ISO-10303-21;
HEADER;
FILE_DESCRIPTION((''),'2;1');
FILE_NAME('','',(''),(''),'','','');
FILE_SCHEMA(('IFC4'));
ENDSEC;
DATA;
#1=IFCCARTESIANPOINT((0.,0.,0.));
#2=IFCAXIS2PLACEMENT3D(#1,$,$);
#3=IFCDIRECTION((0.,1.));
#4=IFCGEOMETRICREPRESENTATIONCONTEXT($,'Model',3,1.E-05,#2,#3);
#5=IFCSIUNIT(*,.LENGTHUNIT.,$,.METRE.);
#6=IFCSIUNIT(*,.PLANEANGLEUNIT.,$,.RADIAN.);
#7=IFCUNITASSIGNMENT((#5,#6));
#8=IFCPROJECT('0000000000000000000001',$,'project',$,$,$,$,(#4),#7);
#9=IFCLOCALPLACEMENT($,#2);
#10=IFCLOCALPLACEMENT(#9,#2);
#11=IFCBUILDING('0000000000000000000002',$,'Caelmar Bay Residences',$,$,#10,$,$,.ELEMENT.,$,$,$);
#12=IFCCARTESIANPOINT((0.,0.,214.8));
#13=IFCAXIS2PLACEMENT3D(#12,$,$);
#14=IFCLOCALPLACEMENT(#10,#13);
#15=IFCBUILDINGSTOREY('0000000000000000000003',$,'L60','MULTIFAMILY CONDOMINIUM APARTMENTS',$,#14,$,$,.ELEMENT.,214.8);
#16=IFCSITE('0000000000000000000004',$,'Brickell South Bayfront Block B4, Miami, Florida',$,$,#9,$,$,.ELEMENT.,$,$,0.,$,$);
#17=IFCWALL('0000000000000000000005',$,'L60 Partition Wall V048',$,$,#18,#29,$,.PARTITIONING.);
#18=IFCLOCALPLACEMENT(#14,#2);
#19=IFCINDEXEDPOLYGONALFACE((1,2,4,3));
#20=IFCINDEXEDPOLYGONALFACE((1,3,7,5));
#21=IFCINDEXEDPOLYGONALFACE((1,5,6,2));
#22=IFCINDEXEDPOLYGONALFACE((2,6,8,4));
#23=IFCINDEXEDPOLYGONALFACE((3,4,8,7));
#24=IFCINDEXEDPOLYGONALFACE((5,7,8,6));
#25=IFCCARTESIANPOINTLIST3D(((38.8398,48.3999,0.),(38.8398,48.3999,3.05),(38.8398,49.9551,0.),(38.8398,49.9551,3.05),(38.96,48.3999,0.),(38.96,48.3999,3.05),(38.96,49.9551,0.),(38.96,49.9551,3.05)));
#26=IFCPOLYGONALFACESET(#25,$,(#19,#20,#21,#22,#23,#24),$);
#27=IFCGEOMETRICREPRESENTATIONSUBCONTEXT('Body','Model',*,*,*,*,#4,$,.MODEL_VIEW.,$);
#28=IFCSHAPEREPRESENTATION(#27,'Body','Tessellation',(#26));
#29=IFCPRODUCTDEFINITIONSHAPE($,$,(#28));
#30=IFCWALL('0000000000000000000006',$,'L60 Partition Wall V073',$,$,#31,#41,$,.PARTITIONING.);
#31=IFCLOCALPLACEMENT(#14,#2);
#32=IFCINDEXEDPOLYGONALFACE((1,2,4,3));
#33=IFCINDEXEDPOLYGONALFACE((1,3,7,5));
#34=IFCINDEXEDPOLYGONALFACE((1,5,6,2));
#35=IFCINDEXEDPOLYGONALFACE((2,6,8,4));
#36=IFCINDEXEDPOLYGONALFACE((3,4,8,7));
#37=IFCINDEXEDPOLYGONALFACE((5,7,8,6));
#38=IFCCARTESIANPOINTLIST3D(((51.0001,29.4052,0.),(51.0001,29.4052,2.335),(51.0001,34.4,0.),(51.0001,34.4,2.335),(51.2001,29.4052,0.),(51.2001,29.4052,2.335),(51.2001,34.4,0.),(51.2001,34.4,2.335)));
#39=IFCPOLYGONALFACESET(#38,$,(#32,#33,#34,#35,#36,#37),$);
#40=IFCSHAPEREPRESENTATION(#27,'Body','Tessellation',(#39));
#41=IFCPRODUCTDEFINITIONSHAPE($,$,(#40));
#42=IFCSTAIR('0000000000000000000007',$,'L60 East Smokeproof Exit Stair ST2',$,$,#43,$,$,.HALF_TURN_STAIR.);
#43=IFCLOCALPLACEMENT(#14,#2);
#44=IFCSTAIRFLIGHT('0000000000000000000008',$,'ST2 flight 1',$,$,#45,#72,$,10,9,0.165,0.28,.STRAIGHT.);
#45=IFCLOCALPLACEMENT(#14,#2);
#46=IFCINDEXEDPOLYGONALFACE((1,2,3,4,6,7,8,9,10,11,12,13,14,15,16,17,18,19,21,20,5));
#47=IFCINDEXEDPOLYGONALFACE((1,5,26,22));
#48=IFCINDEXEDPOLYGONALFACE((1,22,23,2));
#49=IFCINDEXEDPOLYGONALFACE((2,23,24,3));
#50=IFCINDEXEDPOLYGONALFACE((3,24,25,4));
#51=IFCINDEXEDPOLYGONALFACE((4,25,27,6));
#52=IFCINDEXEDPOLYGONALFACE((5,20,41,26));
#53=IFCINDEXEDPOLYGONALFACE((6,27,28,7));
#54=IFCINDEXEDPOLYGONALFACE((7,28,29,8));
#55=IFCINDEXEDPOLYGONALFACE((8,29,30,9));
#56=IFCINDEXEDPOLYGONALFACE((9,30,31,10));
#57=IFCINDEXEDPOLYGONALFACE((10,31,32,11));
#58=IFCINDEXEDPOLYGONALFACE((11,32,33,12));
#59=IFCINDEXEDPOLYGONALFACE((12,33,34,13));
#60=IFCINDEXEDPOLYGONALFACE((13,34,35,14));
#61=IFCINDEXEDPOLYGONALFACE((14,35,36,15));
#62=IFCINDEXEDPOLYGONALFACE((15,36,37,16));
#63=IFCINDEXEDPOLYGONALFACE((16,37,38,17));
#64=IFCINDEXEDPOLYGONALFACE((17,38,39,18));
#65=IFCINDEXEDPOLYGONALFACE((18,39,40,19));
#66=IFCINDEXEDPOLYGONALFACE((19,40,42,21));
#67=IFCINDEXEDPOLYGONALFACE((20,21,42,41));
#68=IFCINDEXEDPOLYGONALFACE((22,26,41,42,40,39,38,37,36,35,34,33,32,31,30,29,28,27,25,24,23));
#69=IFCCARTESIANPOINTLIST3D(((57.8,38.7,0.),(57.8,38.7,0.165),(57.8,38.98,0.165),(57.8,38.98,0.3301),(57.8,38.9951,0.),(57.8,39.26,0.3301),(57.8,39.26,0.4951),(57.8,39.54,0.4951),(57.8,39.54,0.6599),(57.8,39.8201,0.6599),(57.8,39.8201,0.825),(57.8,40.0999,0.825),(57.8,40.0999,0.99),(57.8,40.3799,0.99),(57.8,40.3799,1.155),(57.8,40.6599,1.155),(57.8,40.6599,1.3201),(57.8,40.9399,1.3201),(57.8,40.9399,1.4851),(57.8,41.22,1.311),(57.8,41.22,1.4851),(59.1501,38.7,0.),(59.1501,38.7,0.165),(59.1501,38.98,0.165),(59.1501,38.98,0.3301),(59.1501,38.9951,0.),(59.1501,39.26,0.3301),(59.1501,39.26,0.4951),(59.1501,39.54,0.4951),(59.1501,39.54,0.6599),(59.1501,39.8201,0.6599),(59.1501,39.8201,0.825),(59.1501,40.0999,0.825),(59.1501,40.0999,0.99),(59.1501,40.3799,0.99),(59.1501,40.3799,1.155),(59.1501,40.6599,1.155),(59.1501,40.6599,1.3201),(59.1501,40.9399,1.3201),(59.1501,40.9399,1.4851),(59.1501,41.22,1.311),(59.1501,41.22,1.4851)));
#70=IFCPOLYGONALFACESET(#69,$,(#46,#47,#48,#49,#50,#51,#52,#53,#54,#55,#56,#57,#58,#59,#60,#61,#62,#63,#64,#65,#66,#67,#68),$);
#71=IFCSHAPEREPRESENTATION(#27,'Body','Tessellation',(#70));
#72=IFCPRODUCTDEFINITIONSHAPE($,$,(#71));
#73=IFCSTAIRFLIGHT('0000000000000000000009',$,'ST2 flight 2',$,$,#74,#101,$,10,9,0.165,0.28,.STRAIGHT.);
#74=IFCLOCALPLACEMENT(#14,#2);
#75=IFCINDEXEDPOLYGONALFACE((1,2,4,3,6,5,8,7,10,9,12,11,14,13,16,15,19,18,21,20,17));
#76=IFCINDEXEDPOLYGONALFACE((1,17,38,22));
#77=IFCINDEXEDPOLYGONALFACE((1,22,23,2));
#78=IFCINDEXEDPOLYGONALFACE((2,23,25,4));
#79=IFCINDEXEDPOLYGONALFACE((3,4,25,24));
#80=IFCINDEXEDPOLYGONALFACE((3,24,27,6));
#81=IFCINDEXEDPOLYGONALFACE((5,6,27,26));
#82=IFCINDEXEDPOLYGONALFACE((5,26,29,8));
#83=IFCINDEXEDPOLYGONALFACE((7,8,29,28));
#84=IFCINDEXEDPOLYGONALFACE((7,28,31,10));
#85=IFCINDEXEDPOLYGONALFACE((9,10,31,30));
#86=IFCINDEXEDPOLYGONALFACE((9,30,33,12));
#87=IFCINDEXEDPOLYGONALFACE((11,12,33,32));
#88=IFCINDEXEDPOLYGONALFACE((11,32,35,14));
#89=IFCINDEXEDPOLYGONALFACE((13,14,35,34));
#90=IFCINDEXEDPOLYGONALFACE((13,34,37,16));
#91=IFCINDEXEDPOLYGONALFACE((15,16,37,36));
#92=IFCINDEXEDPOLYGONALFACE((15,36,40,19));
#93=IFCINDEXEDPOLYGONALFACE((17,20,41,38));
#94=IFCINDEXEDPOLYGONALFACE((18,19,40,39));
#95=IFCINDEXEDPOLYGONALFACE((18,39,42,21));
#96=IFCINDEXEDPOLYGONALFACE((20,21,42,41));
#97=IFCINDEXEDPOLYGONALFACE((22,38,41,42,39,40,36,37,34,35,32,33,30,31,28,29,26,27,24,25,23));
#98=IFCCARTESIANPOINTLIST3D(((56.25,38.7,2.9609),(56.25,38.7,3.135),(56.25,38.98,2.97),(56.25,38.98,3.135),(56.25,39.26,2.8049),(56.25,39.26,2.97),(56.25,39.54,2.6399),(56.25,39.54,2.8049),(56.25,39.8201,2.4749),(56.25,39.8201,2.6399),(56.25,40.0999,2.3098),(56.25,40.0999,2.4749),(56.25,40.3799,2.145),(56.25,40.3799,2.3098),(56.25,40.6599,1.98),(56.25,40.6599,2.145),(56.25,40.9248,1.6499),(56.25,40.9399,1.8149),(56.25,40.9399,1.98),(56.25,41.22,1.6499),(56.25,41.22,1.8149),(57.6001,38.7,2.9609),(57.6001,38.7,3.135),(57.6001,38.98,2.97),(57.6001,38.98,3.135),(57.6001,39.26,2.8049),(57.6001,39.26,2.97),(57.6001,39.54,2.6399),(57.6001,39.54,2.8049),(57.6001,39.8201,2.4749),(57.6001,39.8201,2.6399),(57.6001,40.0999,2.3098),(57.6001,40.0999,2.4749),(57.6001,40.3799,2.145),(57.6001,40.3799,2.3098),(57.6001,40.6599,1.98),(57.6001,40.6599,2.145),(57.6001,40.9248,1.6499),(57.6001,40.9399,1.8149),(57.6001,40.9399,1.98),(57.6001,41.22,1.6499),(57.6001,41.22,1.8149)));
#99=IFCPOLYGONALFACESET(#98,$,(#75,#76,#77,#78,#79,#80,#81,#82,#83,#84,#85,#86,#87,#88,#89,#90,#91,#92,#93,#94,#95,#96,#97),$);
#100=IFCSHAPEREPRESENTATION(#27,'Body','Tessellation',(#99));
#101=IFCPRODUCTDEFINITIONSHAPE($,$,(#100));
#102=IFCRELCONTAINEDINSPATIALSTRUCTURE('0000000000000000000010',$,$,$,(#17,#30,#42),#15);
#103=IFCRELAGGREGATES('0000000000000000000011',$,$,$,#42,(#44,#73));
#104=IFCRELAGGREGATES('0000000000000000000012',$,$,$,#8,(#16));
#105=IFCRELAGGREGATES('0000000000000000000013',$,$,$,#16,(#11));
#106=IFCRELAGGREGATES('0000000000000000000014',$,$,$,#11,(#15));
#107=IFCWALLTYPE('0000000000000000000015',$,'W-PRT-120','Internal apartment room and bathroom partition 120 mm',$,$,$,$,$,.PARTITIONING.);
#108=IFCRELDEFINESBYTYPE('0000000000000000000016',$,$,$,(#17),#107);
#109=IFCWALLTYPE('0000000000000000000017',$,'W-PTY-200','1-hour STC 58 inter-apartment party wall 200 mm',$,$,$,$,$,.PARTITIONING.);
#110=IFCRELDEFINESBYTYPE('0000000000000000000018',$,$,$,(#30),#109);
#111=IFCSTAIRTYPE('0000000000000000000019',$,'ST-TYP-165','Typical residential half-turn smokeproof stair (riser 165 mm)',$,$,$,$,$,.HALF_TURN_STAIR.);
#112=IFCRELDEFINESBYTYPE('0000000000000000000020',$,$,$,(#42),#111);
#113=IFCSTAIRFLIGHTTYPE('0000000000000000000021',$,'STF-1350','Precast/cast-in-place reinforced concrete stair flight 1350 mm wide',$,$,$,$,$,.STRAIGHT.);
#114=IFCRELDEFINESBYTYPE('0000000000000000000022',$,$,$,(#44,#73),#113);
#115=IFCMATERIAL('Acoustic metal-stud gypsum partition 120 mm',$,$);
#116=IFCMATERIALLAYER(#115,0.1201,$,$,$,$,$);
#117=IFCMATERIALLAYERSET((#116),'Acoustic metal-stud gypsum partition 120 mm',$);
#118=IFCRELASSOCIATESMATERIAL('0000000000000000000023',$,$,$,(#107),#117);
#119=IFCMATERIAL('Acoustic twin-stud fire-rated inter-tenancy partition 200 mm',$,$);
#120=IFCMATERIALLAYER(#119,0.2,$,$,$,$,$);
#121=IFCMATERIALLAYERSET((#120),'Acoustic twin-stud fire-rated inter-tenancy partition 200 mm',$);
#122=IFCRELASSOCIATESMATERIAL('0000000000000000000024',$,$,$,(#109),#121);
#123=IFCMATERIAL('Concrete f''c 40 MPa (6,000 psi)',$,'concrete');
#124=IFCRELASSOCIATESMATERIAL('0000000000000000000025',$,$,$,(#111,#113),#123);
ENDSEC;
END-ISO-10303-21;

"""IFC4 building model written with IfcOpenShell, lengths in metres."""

from ifc_helpers import new_model, si_unit, direction, frame, frame_2d, origin, place, context, subcontext, project, spatial, polyline, rectangle, outline, extrude, material, layer, layer_set, type_object, element, aggregate, save


model = new_model("IFC4")

# Units and contexts
model_context = context("Model", 3, precision=1e-05, world=origin(), true_north=direction((0.0, 1.0)))
body_context = subcontext(model_context, "Body", "Model", "MODEL_VIEW")
ifc_project = project(units=[si_unit("LENGTHUNIT", "METRE"), si_unit("PLANEANGLEUNIT", "RADIAN")], contexts=[model_context])

# Site, building, storey
site_placement = place(None, origin())
site = spatial("IfcSite", under=ifc_project, at=site_placement, Name="Brickell South Bayfront Block B4, Miami, Florida", CompositionType="ELEMENT", RefElevation=0.0)
building_placement = place(site_placement, origin())
building = spatial("IfcBuilding", under=site, at=building_placement, Name="Caelmar Bay Residences", CompositionType="ELEMENT")
storey_placement = place(building_placement, frame((0.0, 0.0, 214.8)))
storey = spatial("IfcBuildingStorey", under=building, at=storey_placement, Name="L60", Description="MULTIFAMILY CONDOMINIUM APARTMENTS", CompositionType="ELEMENT", Elevation=214.8)

# Walls
ifc_material_1 = material(Name="Acoustic metal-stud gypsum partition 120 mm")
ifc_layer_1 = layer(ifc_material_1, 0.1201)
ifc_layer_set_1 = layer_set([ifc_layer_1], Name="Acoustic metal-stud gypsum partition 120 mm")
wall_type_1 = type_object("IfcWallType", Name="W-PRT-120", Description="Internal apartment room and bathroom partition 120 mm", PredefinedType="PARTITIONING", material=ifc_layer_set_1)
wall_1_placement = place(storey_placement, frame((38.8999, 48.3999, 0.0), z_axis=(0.0, 0.0, 1.0), x_axis=(0.0, 1.0, 0.0)))
element("IfcWall", 1, at=wall_1_placement, inside=storey, type_object=wall_type_1, Name="L60 Partition Wall V048", PredefinedType="PARTITIONING", context=body_context, shape_type="SweptSolid", body=[
    extrude(rectangle(XDim=1.5552, YDim=0.1201, at=frame_2d((0.7776, 0.0))), origin(), (0.0, 0.0, 1.0), 3.05),
])
ifc_material_2 = material(Name="Acoustic twin-stud fire-rated inter-tenancy partition 200 mm")
ifc_layer_2 = layer(ifc_material_2, 0.2)
ifc_layer_set_2 = layer_set([ifc_layer_2], Name="Acoustic twin-stud fire-rated inter-tenancy partition 200 mm")
wall_type_2 = type_object("IfcWallType", Name="W-PTY-200", Description="1-hour STC 58 inter-apartment party wall 200 mm", PredefinedType="PARTITIONING", material=ifc_layer_set_2)
wall_2_placement = place(storey_placement, frame((51.1001, 29.405, 0.0), z_axis=(0.0, 0.0, 1.0), x_axis=(0.0, 1.0, 0.0)))
element("IfcWall", 2, at=wall_2_placement, inside=storey, type_object=wall_type_2, Name="L60 Partition Wall V073", PredefinedType="PARTITIONING", context=body_context, shape_type="SweptSolid", body=[
    extrude(rectangle(XDim=4.9949, YDim=0.2, at=frame_2d((2.4976, 0.0))), origin(), (0.0, 0.0, 1.0), 2.335),
])

# Stair, stair flights
ifc_material_3 = material(Name="Concrete f'c 40 MPa (6,000 psi)", Category="concrete")
stair_type = type_object("IfcStairType", Name="ST-TYP-165", Description="Typical residential half-turn smokeproof stair (riser 165 mm)", PredefinedType="HALF_TURN_STAIR", material=ifc_material_3)
stair_placement = place(storey_placement, origin())
stair = element("IfcStair", 3, at=stair_placement, inside=storey, type_object=stair_type, Name="L60 East Smokeproof Exit Stair ST2", PredefinedType="HALF_TURN_STAIR")
stair_flight_type = type_object("IfcStairFlightType", Name="STF-1350", Description="Precast/cast-in-place reinforced concrete stair flight 1350 mm wide", PredefinedType="STRAIGHT", material=ifc_material_3)
stair_flight_1_placement = place(storey_placement, frame((58.4751, 38.7, 0.0), z_axis=(0.0, 0.0, 1.0), x_axis=(0.0, 1.0, 0.0)))
stair_flight_1 = element("IfcStairFlight", 4, at=stair_flight_1_placement, type_object=stair_flight_type, Name="ST2 flight 1", NumberOfRisers=10, NumberOfTreads=9, PredefinedType="STRAIGHT", RiserHeight=0.165, TreadLength=0.28, context=body_context, shape_type="SweptSolid", body=[
    extrude(outline(polyline([(0.0, 0.0), (0.0, 0.165), (0.28, 0.165), (0.28, 0.3301), (0.5601, 0.3301), (0.5601, 0.4951), (0.8401, 0.4951), (0.8401, 0.6599), (1.1201, 0.6599), (1.1201, 0.825), (1.3999, 0.825), (1.3999, 0.99), (1.6799, 0.99), (1.6799, 1.155), (1.96, 1.155), (1.96, 1.3201), (2.24, 1.3201), (2.24, 1.4851), (2.52, 1.4851), (2.52, 1.6499), (2.52, 1.311), (0.2952, 0.0), (0.0, 0.0)])), frame((0.0, 0.675, 0.0), z_axis=(0.0, -1.0, 0.0), x_axis=(1.0, 0.0, 0.0)), (0.0, 0.0, 1.0), 1.3501),
])
stair_flight_2_placement = place(storey_placement, frame((56.925, 41.22, 1.6499), z_axis=(0.0, 0.0, 1.0), x_axis=(0.0, -1.0, 0.0)))
stair_flight_2 = element("IfcStairFlight", 5, at=stair_flight_2_placement, type_object=stair_flight_type, Name="ST2 flight 2", NumberOfRisers=10, NumberOfTreads=9, PredefinedType="STRAIGHT", RiserHeight=0.165, TreadLength=0.28, context=body_context, shape_type="SweptSolid", body=[
    extrude(outline(polyline([(0.0, 0.0), (0.0, 0.165), (0.28, 0.165), (0.28, 0.3301), (0.5601, 0.3301), (0.5601, 0.4951), (0.8401, 0.4951), (0.8401, 0.6599), (1.1201, 0.6599), (1.1201, 0.825), (1.3999, 0.825), (1.3999, 0.99), (1.6799, 0.99), (1.6799, 1.155), (1.96, 1.155), (1.96, 1.3201), (2.24, 1.3201), (2.24, 1.4851), (2.52, 1.4851), (2.52, 1.6499), (2.52, 1.311), (0.2952, 0.0), (0.0, 0.0)])), frame((0.0, 0.675, 0.0), z_axis=(0.0, -1.0, 0.0), x_axis=(1.0, 0.0, 0.0)), (0.0, 0.0, 1.0), 1.3501),
])
aggregate(stair, [stair_flight_1, stair_flight_2])

save(model, "model.ifc")
